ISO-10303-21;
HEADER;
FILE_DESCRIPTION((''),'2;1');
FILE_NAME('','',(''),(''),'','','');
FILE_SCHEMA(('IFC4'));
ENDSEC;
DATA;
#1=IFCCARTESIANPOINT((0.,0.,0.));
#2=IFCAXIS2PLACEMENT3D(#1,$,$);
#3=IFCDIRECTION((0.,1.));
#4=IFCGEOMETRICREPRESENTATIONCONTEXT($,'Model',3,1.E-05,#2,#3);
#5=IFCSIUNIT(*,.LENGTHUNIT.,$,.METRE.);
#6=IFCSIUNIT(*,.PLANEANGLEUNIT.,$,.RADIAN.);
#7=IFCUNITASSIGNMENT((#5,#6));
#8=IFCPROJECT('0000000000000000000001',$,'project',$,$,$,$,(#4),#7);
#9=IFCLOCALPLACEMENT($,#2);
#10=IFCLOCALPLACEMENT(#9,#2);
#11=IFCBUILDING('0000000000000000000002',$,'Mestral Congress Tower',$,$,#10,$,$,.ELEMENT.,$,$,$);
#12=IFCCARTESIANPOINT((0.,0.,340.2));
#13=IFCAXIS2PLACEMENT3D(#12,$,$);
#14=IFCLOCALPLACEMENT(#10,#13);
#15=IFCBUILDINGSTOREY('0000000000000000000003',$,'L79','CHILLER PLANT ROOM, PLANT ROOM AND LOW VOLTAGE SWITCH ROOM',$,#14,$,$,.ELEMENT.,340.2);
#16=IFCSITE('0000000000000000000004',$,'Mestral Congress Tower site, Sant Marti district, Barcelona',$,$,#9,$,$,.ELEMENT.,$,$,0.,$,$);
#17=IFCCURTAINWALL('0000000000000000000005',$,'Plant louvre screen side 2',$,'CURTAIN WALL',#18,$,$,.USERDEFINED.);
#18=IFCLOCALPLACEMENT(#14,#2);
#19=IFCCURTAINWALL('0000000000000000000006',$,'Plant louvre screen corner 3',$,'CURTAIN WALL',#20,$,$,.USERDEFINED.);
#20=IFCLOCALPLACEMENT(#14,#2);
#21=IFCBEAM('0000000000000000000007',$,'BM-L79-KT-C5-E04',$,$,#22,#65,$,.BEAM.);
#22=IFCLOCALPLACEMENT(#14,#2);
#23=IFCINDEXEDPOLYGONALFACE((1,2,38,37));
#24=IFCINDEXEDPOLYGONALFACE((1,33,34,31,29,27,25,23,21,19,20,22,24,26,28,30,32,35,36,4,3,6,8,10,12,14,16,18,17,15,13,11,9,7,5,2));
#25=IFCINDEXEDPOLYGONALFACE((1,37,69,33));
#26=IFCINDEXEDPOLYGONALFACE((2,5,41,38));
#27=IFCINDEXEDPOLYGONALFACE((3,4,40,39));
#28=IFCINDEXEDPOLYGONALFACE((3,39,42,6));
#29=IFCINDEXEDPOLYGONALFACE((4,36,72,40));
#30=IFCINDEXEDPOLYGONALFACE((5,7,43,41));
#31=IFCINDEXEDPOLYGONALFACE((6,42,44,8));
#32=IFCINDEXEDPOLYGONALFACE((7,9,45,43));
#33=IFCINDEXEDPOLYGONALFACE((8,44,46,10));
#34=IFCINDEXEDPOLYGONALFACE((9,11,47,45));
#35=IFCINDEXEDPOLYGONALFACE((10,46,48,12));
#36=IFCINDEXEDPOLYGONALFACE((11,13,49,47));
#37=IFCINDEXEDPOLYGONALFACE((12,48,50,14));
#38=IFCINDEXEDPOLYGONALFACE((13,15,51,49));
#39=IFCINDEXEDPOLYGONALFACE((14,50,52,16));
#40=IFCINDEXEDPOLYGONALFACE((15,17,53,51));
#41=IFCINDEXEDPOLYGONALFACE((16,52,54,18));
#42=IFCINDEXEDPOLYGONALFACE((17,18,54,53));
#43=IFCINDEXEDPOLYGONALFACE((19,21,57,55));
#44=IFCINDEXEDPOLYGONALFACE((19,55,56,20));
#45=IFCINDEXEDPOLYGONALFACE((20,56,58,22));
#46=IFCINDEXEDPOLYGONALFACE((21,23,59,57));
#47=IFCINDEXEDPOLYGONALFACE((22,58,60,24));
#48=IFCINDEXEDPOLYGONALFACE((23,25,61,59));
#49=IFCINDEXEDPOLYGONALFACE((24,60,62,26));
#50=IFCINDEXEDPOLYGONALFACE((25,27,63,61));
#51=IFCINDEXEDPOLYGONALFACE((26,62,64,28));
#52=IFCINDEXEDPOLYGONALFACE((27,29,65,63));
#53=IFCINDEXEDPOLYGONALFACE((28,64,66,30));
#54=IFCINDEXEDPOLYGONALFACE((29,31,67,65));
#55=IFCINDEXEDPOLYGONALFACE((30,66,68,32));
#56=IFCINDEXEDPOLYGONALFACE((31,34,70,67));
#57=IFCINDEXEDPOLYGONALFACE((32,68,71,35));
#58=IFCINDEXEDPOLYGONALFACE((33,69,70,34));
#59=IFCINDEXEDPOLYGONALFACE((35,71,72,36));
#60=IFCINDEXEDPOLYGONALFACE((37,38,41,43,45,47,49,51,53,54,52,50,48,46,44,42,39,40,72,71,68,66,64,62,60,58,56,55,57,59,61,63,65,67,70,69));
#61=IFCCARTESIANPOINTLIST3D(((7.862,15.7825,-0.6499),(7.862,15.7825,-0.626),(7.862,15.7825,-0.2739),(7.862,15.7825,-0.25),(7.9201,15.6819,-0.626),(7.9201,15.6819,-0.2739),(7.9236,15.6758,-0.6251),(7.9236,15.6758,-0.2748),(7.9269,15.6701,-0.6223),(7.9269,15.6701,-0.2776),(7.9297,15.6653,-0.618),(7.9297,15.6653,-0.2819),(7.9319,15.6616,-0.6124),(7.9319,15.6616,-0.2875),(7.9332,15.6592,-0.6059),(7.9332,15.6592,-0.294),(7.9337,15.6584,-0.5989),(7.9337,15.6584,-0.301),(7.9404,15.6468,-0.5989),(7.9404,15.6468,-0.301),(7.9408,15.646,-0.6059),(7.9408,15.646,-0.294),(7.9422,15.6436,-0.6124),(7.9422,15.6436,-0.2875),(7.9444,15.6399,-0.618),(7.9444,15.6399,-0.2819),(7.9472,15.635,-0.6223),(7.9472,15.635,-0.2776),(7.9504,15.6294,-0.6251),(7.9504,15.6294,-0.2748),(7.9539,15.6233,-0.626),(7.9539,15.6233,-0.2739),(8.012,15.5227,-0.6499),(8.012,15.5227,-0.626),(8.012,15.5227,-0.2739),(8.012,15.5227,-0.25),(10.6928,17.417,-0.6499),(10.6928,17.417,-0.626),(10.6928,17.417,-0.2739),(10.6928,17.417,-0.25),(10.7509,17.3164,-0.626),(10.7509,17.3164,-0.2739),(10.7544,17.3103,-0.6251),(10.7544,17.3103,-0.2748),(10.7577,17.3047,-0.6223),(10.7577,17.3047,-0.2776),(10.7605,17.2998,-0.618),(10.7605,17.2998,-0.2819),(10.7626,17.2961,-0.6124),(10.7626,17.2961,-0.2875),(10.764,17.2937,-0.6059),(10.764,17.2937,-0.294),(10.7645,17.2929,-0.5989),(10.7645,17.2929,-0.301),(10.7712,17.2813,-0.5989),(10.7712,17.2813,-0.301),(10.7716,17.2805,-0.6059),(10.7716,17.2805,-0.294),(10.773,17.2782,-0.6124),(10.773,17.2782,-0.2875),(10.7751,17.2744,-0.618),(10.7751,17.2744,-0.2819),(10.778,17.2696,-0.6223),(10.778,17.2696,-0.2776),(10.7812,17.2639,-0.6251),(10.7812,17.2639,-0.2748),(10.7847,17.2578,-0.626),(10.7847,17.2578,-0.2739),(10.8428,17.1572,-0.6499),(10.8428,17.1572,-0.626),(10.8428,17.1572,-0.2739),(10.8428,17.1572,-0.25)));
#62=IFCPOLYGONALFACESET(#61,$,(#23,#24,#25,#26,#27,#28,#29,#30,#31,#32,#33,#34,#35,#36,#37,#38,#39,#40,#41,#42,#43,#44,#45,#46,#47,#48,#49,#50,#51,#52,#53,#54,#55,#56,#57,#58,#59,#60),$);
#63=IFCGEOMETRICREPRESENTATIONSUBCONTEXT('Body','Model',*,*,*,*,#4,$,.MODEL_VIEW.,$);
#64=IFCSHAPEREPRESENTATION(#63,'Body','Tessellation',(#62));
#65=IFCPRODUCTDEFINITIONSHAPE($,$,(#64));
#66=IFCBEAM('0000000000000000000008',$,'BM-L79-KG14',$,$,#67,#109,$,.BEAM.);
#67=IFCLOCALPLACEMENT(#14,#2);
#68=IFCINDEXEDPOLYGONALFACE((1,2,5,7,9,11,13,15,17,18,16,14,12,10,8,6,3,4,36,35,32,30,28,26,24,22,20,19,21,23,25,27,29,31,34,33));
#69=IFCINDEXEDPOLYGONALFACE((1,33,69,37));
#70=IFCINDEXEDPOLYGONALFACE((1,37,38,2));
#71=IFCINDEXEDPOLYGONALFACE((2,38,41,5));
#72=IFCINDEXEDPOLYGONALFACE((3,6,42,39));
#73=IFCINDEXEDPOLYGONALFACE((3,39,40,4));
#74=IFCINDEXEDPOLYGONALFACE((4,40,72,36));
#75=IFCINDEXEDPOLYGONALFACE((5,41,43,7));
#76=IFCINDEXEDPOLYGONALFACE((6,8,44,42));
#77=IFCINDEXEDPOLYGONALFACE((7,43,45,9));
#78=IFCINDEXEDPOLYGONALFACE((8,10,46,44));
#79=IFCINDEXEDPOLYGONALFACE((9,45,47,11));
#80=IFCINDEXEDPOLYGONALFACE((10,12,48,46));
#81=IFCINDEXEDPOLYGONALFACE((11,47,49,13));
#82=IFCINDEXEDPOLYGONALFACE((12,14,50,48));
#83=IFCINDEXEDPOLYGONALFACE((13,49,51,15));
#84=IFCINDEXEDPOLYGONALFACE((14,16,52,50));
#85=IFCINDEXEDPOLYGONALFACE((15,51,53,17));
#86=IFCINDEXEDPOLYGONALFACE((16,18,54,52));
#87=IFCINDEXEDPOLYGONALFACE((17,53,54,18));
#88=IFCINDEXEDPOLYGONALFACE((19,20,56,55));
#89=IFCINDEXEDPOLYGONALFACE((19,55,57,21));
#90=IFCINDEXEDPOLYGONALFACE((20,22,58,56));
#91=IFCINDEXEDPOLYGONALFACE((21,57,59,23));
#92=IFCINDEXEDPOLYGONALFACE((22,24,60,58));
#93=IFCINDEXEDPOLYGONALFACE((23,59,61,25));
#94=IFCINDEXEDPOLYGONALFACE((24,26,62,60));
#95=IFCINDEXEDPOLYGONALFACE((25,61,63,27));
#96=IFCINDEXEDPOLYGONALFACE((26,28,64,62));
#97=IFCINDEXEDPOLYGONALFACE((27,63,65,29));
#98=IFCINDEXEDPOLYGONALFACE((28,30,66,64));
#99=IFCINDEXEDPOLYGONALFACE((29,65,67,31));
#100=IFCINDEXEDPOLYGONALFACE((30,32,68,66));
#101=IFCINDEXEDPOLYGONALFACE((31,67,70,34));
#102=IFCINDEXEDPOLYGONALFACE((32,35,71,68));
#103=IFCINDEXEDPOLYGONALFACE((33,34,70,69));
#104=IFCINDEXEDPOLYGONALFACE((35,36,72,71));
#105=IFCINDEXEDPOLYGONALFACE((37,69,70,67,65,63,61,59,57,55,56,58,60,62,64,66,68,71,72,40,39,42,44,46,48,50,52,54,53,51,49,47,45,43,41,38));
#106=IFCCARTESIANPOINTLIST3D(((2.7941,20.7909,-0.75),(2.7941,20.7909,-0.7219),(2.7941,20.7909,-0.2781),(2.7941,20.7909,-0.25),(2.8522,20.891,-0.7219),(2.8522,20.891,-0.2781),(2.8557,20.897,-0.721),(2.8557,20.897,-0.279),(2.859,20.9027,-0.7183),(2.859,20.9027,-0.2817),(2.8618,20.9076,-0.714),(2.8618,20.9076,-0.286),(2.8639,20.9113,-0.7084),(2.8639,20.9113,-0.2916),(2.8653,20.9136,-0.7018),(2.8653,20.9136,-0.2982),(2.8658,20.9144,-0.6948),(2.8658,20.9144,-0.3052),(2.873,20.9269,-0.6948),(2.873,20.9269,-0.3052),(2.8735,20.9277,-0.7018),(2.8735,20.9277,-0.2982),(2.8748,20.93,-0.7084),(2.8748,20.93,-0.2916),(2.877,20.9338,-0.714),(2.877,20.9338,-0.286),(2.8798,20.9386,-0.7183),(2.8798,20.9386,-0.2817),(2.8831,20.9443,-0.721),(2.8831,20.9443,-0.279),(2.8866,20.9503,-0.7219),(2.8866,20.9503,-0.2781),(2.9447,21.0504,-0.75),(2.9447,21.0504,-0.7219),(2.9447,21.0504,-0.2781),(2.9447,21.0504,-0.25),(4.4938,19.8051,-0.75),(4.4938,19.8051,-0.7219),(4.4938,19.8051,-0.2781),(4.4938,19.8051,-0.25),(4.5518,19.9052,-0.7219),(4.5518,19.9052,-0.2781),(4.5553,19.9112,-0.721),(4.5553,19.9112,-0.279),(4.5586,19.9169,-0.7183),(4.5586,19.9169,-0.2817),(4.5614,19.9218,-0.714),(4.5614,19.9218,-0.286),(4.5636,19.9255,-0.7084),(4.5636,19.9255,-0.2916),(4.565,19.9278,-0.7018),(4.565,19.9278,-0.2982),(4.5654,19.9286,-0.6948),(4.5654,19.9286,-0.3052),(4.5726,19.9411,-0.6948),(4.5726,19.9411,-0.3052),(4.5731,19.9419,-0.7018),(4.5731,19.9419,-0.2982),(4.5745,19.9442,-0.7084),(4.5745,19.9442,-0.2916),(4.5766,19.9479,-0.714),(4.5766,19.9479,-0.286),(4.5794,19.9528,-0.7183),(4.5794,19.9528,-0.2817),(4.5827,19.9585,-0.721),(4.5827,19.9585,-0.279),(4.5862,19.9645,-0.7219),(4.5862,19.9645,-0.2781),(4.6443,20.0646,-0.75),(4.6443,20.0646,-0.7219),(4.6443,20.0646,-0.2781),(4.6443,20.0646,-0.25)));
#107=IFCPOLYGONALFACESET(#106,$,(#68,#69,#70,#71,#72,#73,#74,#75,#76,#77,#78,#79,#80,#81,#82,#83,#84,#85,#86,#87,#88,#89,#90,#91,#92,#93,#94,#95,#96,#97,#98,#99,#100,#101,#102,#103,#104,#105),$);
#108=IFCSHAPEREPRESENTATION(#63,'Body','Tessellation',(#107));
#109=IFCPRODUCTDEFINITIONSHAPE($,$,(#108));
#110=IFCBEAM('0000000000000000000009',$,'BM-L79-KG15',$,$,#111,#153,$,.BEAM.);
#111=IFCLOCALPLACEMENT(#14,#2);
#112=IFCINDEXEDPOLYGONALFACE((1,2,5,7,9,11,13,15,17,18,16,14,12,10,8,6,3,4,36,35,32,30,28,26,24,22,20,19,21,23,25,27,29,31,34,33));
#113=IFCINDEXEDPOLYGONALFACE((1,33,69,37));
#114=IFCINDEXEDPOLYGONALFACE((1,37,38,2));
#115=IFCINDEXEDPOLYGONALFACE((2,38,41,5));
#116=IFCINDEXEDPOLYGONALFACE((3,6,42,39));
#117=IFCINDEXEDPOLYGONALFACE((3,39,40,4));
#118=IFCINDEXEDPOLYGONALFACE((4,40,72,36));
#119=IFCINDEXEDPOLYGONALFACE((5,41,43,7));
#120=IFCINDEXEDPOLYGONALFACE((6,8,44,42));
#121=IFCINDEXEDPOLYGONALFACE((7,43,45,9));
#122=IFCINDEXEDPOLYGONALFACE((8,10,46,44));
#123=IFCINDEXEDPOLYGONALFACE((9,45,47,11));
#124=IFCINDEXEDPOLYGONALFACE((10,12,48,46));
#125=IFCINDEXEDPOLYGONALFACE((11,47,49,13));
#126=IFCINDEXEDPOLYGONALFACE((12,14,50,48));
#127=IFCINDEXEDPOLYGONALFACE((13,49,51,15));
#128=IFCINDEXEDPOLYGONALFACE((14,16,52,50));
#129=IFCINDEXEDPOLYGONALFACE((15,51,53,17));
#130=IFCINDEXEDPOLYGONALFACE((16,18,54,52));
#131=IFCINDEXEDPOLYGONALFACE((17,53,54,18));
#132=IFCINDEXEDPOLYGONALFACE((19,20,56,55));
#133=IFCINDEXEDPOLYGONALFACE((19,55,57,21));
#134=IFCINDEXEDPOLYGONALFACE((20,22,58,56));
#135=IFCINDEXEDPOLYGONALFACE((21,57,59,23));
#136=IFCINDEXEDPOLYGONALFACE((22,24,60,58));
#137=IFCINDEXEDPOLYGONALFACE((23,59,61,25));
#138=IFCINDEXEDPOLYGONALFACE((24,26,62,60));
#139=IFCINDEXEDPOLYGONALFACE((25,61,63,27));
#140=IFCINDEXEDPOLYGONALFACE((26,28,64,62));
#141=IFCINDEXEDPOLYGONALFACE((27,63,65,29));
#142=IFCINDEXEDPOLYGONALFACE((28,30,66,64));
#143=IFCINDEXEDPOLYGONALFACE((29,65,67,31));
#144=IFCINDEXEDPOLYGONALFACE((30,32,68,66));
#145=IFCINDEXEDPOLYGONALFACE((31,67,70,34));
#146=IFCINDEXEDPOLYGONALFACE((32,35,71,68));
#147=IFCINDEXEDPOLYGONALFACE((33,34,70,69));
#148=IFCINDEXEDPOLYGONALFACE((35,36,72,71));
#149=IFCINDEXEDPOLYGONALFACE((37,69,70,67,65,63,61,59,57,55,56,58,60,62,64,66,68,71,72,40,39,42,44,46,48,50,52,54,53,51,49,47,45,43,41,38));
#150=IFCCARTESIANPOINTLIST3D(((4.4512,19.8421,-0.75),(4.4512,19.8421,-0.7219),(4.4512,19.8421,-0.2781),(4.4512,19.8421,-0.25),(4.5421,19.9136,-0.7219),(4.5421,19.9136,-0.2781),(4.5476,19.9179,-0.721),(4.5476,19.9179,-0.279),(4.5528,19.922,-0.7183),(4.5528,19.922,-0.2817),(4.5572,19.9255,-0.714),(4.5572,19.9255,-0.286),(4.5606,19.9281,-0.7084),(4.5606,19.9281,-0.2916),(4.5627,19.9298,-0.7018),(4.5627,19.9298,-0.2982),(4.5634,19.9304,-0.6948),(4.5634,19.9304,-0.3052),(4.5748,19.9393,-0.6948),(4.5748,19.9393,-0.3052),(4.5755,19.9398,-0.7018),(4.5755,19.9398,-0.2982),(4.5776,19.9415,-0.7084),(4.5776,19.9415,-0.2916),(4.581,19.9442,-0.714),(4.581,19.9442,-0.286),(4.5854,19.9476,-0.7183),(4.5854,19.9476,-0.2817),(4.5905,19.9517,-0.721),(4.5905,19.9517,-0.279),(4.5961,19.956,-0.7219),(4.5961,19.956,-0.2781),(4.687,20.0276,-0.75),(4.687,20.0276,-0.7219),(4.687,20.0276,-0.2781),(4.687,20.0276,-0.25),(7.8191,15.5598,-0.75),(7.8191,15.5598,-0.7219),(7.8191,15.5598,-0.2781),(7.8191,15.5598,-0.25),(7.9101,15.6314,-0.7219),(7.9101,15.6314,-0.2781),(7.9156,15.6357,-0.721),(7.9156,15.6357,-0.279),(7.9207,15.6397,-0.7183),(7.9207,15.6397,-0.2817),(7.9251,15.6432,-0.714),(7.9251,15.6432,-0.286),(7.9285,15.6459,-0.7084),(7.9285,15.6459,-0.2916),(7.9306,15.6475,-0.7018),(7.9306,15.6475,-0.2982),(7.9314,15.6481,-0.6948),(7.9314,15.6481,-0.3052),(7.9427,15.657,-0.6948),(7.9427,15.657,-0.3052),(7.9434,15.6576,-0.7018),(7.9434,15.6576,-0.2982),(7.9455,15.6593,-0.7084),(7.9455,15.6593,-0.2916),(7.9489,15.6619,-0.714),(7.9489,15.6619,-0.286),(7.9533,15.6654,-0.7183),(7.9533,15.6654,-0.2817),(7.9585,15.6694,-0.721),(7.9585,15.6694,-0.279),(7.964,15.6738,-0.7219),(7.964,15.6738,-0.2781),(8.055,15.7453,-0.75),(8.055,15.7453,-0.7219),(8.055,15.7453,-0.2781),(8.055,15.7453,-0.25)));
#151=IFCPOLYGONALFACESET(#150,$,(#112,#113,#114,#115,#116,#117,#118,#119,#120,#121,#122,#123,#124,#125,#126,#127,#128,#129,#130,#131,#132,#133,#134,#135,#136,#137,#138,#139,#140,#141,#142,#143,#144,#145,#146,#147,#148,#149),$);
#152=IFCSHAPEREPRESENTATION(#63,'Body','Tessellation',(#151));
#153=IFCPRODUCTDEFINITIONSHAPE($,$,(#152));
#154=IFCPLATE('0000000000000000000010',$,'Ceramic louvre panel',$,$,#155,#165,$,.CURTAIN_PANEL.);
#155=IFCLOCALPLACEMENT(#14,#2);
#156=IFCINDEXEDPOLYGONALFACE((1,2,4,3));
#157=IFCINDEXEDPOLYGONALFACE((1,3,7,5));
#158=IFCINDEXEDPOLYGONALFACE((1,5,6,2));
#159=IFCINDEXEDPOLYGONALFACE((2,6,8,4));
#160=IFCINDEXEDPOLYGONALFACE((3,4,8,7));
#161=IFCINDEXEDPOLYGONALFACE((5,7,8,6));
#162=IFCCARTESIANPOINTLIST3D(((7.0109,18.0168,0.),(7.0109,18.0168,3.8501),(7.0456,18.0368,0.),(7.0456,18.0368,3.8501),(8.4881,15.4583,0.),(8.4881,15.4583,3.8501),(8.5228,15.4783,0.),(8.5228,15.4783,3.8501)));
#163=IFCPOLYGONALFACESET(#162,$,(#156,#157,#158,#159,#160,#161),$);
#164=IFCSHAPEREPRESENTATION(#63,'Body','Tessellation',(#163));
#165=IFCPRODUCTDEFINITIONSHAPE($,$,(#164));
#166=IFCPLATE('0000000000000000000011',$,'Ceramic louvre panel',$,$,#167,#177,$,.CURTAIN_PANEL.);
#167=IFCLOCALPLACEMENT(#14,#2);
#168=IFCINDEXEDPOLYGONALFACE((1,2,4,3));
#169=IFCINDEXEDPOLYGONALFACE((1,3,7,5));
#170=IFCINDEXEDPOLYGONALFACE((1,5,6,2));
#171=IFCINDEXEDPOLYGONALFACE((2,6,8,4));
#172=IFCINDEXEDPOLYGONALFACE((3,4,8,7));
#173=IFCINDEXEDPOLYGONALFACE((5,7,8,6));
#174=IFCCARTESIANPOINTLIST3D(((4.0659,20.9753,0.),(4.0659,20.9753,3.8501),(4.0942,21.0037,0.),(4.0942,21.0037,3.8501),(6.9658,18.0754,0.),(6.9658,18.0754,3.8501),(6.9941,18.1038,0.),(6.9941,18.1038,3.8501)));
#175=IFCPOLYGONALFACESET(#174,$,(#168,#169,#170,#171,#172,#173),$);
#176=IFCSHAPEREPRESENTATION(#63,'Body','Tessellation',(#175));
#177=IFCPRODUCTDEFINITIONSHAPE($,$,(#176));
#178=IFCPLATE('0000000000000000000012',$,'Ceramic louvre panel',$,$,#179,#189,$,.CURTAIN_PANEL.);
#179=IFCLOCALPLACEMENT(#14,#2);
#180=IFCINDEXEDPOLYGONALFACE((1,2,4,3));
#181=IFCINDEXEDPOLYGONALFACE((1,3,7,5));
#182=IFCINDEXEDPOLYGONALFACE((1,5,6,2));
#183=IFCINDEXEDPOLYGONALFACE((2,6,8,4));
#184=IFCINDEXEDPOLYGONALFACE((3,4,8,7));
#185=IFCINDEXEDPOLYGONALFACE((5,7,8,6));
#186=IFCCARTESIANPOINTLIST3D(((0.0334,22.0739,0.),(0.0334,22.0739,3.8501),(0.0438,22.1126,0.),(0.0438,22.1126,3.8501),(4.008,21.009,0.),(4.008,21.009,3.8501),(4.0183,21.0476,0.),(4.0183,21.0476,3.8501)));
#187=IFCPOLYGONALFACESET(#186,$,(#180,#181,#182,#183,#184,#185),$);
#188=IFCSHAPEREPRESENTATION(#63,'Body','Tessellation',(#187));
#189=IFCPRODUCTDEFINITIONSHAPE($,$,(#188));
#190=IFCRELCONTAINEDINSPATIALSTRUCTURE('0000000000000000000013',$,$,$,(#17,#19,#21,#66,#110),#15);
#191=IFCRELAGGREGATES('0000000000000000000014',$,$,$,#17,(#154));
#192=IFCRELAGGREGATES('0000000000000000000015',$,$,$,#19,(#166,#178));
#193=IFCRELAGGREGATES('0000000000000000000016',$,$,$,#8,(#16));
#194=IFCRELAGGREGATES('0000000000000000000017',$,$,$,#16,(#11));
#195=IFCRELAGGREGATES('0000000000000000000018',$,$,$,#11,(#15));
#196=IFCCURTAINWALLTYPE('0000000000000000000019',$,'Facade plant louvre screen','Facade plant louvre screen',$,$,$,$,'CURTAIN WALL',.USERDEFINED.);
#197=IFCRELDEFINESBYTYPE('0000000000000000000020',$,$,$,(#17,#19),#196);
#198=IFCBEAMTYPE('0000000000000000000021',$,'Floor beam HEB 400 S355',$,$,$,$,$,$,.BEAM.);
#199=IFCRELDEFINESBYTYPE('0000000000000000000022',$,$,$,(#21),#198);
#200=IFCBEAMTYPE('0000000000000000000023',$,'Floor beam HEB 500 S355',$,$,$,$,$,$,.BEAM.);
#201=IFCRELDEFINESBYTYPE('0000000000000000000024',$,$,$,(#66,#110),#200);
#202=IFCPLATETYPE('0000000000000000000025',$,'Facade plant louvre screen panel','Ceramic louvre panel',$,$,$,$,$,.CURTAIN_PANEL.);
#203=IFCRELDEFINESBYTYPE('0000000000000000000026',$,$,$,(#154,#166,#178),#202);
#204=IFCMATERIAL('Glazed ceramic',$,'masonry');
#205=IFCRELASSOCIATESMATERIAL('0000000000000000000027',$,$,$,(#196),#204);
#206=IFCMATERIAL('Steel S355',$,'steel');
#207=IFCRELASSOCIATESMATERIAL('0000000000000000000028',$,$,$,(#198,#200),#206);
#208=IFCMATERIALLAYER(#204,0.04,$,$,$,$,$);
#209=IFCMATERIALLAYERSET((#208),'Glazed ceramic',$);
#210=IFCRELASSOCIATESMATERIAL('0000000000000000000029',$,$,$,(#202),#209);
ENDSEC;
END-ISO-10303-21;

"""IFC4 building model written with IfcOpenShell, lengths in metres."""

from ifc_helpers import new_model, si_unit, direction, frame, origin, origin_2d, place, context, subcontext, project, spatial, rectangle, i_section, extrude, material, layer, layer_set, material_profile, profile_set, type_object, element, aggregate, save


model = new_model("IFC4")

# Units and contexts
model_context = context("Model", 3, precision=1e-05, world=origin(), true_north=direction((0.0, 1.0)))
body_context = subcontext(model_context, "Body", "Model", "MODEL_VIEW")
ifc_project = project(units=[si_unit("LENGTHUNIT", "METRE"), si_unit("PLANEANGLEUNIT", "RADIAN")], contexts=[model_context])

# Site, building, storey
site_placement = place(None, origin())
site = spatial("IfcSite", under=ifc_project, at=site_placement, Name="Mestral Congress Tower site, Sant Marti district, Barcelona", CompositionType="ELEMENT", RefElevation=0.0)
building_placement = place(site_placement, origin())
building = spatial("IfcBuilding", under=site, at=building_placement, Name="Mestral Congress Tower", CompositionType="ELEMENT")
storey_placement = place(building_placement, frame((0.0, 0.0, 340.2)))
storey = spatial("IfcBuildingStorey", under=building, at=storey_placement, Name="L79", Description="CHILLER PLANT ROOM, PLANT ROOM AND LOW VOLTAGE SWITCH ROOM", CompositionType="ELEMENT", Elevation=340.2)

# Shared definitions
ifc_material_1 = material(Name="Steel S355", Category="steel")

# Curtain wall
ifc_material_2 = material(Name="Glazed ceramic", Category="masonry")
curtain_wall_type = type_object("IfcCurtainWallType", Name="Facade plant louvre screen", Description="Facade plant louvre screen", ElementType="CURTAIN WALL", PredefinedType="USERDEFINED", material=ifc_material_2)
placement = place(storey_placement, origin())
curtain_wall_1 = element("IfcCurtainWall", 1, at=placement, inside=storey, type_object=curtain_wall_type, Name="Plant louvre screen side 2", ObjectType="CURTAIN WALL", PredefinedType="USERDEFINED")

# Curtain wall
curtain_wall_2 = element("IfcCurtainWall", 2, at=placement, inside=storey, type_object=curtain_wall_type, Name="Plant louvre screen corner 3", ObjectType="CURTAIN WALL", PredefinedType="USERDEFINED")

# Beams
ifc_material_profile_1 = material_profile(ifc_material_1, i_section(OverallWidth=0.3, OverallDepth=0.3999, WebThickness=0.0134, FlangeThickness=0.0239, FilletRadius=0.0271, at=origin_2d()), Name="HEB 400")
ifc_profile_set_1 = profile_set([ifc_material_profile_1], Name="Steel S355")
beam_type_1 = type_object("IfcBeamType", Name="Floor beam HEB 400 S355", PredefinedType="BEAM", material=ifc_profile_set_1)
beam_1_placement = place(storey_placement, frame((10.7678, 17.2871, -0.45), z_axis=(-0.866005, -0.500035, 0.0), x_axis=(0.500035, -0.866005, 0.0)))
element("IfcBeam", 3, at=beam_1_placement, inside=storey, type_object=beam_type_1, Name="BM-L79-KT-C5-E04", PredefinedType="BEAM", context=body_context, shape_type="SweptSolid", body=[
    extrude(i_section(OverallWidth=0.3, OverallDepth=0.3999, WebThickness=0.0134, FlangeThickness=0.0239, FilletRadius=0.0271, at=origin_2d()), origin(), (0.0, 0.0, 1.0), 3.2688),
])
ifc_material_profile_2 = material_profile(ifc_material_1, i_section(OverallWidth=0.3, OverallDepth=0.5, WebThickness=0.0144, FlangeThickness=0.0281, FilletRadius=0.0271, at=origin_2d()), Name="HEB 500")
ifc_profile_set_2 = profile_set([ifc_material_profile_2], Name="Steel S355")
beam_type_2 = type_object("IfcBeamType", Name="Floor beam HEB 500 S355", PredefinedType="BEAM", material=ifc_profile_set_2)
beam_2_placement = place(storey_placement, frame((2.8694, 20.9207, -0.5), z_axis=(0.865029, -0.501722, 0.0), x_axis=(0.501722, 0.865029, 0.0)))
element("IfcBeam", 4, at=beam_2_placement, inside=storey, type_object=beam_type_2, Name="BM-L79-KG14", PredefinedType="BEAM", context=body_context, shape_type="SweptSolid", body=[
    extrude(i_section(OverallWidth=0.3, OverallDepth=0.5, WebThickness=0.0144, FlangeThickness=0.0281, FilletRadius=0.0271, at=origin_2d()), origin(), (0.0, 0.0, 1.0), 1.9648),
])
beam_3_placement = place(storey_placement, frame((4.5691, 19.9348, -0.5), z_axis=(0.618198, -0.786023, 0.0), x_axis=(0.786023, 0.618198, 0.0)))
element("IfcBeam", 5, at=beam_3_placement, inside=storey, type_object=beam_type_2, Name="BM-L79-KG15", PredefinedType="BEAM", context=body_context, shape_type="SweptSolid", body=[
    extrude(i_section(OverallWidth=0.3, OverallDepth=0.5, WebThickness=0.0144, FlangeThickness=0.0281, FilletRadius=0.0271, at=origin_2d()), origin(), (0.0, 0.0, 1.0), 5.448),
])

# Plates
ifc_layer_1 = layer(ifc_material_2, 0.04)
ifc_layer_set_1 = layer_set([ifc_layer_1], Name="Glazed ceramic")
plate_type = type_object("IfcPlateType", Name="Facade plant louvre screen panel", Description="Ceramic louvre panel", PredefinedType="CURTAIN_PANEL", material=ifc_layer_set_1)
plate_1_placement = place(storey_placement, frame((7.7668, 16.7476, 0.0), z_axis=(0.0, 0.0, 1.0), x_axis=(-0.500002, 0.866025, 0.0)))
plate_1 = element("IfcPlate", 6, at=plate_1_placement, type_object=plate_type, Name="Ceramic louvre panel", PredefinedType="CURTAIN_PANEL", context=body_context, shape_type="SweptSolid", body=[
    extrude(rectangle(XDim=2.9543, YDim=0.04, at=origin_2d()), origin(), (0.0, 0.0, 1.0), 3.8501),
])
aggregate(curtain_wall_1, [plate_1])
plate_2_placement = place(storey_placement, frame((5.53, 19.5396, 0.0), z_axis=(0.0, 0.0, 1.0), x_axis=(-0.707107, 0.707107, 0.0)))
plate_2 = element("IfcPlate", 7, at=plate_2_placement, type_object=plate_type, Name="Ceramic louvre panel", PredefinedType="CURTAIN_PANEL", context=body_context, shape_type="SweptSolid", body=[
    extrude(rectangle(XDim=4.1011, YDim=0.04, at=origin_2d()), origin(), (0.0, 0.0, 1.0), 3.8501),
])
plate_3_placement = place(storey_placement, frame((2.0259, 21.5608, 0.0), z_axis=(0.0, 0.0, 1.0), x_axis=(-0.965926, 0.258819, 0.0)))
plate_3 = element("IfcPlate", 8, at=plate_3_placement, type_object=plate_type, Name="Ceramic louvre panel", PredefinedType="CURTAIN_PANEL", context=body_context, shape_type="SweptSolid", body=[
    extrude(rectangle(XDim=4.1147, YDim=0.04, at=origin_2d()), origin(), (0.0, 0.0, 1.0), 3.8501),
])
aggregate(curtain_wall_2, [plate_2, plate_3])

save(model, "model.ifc")
